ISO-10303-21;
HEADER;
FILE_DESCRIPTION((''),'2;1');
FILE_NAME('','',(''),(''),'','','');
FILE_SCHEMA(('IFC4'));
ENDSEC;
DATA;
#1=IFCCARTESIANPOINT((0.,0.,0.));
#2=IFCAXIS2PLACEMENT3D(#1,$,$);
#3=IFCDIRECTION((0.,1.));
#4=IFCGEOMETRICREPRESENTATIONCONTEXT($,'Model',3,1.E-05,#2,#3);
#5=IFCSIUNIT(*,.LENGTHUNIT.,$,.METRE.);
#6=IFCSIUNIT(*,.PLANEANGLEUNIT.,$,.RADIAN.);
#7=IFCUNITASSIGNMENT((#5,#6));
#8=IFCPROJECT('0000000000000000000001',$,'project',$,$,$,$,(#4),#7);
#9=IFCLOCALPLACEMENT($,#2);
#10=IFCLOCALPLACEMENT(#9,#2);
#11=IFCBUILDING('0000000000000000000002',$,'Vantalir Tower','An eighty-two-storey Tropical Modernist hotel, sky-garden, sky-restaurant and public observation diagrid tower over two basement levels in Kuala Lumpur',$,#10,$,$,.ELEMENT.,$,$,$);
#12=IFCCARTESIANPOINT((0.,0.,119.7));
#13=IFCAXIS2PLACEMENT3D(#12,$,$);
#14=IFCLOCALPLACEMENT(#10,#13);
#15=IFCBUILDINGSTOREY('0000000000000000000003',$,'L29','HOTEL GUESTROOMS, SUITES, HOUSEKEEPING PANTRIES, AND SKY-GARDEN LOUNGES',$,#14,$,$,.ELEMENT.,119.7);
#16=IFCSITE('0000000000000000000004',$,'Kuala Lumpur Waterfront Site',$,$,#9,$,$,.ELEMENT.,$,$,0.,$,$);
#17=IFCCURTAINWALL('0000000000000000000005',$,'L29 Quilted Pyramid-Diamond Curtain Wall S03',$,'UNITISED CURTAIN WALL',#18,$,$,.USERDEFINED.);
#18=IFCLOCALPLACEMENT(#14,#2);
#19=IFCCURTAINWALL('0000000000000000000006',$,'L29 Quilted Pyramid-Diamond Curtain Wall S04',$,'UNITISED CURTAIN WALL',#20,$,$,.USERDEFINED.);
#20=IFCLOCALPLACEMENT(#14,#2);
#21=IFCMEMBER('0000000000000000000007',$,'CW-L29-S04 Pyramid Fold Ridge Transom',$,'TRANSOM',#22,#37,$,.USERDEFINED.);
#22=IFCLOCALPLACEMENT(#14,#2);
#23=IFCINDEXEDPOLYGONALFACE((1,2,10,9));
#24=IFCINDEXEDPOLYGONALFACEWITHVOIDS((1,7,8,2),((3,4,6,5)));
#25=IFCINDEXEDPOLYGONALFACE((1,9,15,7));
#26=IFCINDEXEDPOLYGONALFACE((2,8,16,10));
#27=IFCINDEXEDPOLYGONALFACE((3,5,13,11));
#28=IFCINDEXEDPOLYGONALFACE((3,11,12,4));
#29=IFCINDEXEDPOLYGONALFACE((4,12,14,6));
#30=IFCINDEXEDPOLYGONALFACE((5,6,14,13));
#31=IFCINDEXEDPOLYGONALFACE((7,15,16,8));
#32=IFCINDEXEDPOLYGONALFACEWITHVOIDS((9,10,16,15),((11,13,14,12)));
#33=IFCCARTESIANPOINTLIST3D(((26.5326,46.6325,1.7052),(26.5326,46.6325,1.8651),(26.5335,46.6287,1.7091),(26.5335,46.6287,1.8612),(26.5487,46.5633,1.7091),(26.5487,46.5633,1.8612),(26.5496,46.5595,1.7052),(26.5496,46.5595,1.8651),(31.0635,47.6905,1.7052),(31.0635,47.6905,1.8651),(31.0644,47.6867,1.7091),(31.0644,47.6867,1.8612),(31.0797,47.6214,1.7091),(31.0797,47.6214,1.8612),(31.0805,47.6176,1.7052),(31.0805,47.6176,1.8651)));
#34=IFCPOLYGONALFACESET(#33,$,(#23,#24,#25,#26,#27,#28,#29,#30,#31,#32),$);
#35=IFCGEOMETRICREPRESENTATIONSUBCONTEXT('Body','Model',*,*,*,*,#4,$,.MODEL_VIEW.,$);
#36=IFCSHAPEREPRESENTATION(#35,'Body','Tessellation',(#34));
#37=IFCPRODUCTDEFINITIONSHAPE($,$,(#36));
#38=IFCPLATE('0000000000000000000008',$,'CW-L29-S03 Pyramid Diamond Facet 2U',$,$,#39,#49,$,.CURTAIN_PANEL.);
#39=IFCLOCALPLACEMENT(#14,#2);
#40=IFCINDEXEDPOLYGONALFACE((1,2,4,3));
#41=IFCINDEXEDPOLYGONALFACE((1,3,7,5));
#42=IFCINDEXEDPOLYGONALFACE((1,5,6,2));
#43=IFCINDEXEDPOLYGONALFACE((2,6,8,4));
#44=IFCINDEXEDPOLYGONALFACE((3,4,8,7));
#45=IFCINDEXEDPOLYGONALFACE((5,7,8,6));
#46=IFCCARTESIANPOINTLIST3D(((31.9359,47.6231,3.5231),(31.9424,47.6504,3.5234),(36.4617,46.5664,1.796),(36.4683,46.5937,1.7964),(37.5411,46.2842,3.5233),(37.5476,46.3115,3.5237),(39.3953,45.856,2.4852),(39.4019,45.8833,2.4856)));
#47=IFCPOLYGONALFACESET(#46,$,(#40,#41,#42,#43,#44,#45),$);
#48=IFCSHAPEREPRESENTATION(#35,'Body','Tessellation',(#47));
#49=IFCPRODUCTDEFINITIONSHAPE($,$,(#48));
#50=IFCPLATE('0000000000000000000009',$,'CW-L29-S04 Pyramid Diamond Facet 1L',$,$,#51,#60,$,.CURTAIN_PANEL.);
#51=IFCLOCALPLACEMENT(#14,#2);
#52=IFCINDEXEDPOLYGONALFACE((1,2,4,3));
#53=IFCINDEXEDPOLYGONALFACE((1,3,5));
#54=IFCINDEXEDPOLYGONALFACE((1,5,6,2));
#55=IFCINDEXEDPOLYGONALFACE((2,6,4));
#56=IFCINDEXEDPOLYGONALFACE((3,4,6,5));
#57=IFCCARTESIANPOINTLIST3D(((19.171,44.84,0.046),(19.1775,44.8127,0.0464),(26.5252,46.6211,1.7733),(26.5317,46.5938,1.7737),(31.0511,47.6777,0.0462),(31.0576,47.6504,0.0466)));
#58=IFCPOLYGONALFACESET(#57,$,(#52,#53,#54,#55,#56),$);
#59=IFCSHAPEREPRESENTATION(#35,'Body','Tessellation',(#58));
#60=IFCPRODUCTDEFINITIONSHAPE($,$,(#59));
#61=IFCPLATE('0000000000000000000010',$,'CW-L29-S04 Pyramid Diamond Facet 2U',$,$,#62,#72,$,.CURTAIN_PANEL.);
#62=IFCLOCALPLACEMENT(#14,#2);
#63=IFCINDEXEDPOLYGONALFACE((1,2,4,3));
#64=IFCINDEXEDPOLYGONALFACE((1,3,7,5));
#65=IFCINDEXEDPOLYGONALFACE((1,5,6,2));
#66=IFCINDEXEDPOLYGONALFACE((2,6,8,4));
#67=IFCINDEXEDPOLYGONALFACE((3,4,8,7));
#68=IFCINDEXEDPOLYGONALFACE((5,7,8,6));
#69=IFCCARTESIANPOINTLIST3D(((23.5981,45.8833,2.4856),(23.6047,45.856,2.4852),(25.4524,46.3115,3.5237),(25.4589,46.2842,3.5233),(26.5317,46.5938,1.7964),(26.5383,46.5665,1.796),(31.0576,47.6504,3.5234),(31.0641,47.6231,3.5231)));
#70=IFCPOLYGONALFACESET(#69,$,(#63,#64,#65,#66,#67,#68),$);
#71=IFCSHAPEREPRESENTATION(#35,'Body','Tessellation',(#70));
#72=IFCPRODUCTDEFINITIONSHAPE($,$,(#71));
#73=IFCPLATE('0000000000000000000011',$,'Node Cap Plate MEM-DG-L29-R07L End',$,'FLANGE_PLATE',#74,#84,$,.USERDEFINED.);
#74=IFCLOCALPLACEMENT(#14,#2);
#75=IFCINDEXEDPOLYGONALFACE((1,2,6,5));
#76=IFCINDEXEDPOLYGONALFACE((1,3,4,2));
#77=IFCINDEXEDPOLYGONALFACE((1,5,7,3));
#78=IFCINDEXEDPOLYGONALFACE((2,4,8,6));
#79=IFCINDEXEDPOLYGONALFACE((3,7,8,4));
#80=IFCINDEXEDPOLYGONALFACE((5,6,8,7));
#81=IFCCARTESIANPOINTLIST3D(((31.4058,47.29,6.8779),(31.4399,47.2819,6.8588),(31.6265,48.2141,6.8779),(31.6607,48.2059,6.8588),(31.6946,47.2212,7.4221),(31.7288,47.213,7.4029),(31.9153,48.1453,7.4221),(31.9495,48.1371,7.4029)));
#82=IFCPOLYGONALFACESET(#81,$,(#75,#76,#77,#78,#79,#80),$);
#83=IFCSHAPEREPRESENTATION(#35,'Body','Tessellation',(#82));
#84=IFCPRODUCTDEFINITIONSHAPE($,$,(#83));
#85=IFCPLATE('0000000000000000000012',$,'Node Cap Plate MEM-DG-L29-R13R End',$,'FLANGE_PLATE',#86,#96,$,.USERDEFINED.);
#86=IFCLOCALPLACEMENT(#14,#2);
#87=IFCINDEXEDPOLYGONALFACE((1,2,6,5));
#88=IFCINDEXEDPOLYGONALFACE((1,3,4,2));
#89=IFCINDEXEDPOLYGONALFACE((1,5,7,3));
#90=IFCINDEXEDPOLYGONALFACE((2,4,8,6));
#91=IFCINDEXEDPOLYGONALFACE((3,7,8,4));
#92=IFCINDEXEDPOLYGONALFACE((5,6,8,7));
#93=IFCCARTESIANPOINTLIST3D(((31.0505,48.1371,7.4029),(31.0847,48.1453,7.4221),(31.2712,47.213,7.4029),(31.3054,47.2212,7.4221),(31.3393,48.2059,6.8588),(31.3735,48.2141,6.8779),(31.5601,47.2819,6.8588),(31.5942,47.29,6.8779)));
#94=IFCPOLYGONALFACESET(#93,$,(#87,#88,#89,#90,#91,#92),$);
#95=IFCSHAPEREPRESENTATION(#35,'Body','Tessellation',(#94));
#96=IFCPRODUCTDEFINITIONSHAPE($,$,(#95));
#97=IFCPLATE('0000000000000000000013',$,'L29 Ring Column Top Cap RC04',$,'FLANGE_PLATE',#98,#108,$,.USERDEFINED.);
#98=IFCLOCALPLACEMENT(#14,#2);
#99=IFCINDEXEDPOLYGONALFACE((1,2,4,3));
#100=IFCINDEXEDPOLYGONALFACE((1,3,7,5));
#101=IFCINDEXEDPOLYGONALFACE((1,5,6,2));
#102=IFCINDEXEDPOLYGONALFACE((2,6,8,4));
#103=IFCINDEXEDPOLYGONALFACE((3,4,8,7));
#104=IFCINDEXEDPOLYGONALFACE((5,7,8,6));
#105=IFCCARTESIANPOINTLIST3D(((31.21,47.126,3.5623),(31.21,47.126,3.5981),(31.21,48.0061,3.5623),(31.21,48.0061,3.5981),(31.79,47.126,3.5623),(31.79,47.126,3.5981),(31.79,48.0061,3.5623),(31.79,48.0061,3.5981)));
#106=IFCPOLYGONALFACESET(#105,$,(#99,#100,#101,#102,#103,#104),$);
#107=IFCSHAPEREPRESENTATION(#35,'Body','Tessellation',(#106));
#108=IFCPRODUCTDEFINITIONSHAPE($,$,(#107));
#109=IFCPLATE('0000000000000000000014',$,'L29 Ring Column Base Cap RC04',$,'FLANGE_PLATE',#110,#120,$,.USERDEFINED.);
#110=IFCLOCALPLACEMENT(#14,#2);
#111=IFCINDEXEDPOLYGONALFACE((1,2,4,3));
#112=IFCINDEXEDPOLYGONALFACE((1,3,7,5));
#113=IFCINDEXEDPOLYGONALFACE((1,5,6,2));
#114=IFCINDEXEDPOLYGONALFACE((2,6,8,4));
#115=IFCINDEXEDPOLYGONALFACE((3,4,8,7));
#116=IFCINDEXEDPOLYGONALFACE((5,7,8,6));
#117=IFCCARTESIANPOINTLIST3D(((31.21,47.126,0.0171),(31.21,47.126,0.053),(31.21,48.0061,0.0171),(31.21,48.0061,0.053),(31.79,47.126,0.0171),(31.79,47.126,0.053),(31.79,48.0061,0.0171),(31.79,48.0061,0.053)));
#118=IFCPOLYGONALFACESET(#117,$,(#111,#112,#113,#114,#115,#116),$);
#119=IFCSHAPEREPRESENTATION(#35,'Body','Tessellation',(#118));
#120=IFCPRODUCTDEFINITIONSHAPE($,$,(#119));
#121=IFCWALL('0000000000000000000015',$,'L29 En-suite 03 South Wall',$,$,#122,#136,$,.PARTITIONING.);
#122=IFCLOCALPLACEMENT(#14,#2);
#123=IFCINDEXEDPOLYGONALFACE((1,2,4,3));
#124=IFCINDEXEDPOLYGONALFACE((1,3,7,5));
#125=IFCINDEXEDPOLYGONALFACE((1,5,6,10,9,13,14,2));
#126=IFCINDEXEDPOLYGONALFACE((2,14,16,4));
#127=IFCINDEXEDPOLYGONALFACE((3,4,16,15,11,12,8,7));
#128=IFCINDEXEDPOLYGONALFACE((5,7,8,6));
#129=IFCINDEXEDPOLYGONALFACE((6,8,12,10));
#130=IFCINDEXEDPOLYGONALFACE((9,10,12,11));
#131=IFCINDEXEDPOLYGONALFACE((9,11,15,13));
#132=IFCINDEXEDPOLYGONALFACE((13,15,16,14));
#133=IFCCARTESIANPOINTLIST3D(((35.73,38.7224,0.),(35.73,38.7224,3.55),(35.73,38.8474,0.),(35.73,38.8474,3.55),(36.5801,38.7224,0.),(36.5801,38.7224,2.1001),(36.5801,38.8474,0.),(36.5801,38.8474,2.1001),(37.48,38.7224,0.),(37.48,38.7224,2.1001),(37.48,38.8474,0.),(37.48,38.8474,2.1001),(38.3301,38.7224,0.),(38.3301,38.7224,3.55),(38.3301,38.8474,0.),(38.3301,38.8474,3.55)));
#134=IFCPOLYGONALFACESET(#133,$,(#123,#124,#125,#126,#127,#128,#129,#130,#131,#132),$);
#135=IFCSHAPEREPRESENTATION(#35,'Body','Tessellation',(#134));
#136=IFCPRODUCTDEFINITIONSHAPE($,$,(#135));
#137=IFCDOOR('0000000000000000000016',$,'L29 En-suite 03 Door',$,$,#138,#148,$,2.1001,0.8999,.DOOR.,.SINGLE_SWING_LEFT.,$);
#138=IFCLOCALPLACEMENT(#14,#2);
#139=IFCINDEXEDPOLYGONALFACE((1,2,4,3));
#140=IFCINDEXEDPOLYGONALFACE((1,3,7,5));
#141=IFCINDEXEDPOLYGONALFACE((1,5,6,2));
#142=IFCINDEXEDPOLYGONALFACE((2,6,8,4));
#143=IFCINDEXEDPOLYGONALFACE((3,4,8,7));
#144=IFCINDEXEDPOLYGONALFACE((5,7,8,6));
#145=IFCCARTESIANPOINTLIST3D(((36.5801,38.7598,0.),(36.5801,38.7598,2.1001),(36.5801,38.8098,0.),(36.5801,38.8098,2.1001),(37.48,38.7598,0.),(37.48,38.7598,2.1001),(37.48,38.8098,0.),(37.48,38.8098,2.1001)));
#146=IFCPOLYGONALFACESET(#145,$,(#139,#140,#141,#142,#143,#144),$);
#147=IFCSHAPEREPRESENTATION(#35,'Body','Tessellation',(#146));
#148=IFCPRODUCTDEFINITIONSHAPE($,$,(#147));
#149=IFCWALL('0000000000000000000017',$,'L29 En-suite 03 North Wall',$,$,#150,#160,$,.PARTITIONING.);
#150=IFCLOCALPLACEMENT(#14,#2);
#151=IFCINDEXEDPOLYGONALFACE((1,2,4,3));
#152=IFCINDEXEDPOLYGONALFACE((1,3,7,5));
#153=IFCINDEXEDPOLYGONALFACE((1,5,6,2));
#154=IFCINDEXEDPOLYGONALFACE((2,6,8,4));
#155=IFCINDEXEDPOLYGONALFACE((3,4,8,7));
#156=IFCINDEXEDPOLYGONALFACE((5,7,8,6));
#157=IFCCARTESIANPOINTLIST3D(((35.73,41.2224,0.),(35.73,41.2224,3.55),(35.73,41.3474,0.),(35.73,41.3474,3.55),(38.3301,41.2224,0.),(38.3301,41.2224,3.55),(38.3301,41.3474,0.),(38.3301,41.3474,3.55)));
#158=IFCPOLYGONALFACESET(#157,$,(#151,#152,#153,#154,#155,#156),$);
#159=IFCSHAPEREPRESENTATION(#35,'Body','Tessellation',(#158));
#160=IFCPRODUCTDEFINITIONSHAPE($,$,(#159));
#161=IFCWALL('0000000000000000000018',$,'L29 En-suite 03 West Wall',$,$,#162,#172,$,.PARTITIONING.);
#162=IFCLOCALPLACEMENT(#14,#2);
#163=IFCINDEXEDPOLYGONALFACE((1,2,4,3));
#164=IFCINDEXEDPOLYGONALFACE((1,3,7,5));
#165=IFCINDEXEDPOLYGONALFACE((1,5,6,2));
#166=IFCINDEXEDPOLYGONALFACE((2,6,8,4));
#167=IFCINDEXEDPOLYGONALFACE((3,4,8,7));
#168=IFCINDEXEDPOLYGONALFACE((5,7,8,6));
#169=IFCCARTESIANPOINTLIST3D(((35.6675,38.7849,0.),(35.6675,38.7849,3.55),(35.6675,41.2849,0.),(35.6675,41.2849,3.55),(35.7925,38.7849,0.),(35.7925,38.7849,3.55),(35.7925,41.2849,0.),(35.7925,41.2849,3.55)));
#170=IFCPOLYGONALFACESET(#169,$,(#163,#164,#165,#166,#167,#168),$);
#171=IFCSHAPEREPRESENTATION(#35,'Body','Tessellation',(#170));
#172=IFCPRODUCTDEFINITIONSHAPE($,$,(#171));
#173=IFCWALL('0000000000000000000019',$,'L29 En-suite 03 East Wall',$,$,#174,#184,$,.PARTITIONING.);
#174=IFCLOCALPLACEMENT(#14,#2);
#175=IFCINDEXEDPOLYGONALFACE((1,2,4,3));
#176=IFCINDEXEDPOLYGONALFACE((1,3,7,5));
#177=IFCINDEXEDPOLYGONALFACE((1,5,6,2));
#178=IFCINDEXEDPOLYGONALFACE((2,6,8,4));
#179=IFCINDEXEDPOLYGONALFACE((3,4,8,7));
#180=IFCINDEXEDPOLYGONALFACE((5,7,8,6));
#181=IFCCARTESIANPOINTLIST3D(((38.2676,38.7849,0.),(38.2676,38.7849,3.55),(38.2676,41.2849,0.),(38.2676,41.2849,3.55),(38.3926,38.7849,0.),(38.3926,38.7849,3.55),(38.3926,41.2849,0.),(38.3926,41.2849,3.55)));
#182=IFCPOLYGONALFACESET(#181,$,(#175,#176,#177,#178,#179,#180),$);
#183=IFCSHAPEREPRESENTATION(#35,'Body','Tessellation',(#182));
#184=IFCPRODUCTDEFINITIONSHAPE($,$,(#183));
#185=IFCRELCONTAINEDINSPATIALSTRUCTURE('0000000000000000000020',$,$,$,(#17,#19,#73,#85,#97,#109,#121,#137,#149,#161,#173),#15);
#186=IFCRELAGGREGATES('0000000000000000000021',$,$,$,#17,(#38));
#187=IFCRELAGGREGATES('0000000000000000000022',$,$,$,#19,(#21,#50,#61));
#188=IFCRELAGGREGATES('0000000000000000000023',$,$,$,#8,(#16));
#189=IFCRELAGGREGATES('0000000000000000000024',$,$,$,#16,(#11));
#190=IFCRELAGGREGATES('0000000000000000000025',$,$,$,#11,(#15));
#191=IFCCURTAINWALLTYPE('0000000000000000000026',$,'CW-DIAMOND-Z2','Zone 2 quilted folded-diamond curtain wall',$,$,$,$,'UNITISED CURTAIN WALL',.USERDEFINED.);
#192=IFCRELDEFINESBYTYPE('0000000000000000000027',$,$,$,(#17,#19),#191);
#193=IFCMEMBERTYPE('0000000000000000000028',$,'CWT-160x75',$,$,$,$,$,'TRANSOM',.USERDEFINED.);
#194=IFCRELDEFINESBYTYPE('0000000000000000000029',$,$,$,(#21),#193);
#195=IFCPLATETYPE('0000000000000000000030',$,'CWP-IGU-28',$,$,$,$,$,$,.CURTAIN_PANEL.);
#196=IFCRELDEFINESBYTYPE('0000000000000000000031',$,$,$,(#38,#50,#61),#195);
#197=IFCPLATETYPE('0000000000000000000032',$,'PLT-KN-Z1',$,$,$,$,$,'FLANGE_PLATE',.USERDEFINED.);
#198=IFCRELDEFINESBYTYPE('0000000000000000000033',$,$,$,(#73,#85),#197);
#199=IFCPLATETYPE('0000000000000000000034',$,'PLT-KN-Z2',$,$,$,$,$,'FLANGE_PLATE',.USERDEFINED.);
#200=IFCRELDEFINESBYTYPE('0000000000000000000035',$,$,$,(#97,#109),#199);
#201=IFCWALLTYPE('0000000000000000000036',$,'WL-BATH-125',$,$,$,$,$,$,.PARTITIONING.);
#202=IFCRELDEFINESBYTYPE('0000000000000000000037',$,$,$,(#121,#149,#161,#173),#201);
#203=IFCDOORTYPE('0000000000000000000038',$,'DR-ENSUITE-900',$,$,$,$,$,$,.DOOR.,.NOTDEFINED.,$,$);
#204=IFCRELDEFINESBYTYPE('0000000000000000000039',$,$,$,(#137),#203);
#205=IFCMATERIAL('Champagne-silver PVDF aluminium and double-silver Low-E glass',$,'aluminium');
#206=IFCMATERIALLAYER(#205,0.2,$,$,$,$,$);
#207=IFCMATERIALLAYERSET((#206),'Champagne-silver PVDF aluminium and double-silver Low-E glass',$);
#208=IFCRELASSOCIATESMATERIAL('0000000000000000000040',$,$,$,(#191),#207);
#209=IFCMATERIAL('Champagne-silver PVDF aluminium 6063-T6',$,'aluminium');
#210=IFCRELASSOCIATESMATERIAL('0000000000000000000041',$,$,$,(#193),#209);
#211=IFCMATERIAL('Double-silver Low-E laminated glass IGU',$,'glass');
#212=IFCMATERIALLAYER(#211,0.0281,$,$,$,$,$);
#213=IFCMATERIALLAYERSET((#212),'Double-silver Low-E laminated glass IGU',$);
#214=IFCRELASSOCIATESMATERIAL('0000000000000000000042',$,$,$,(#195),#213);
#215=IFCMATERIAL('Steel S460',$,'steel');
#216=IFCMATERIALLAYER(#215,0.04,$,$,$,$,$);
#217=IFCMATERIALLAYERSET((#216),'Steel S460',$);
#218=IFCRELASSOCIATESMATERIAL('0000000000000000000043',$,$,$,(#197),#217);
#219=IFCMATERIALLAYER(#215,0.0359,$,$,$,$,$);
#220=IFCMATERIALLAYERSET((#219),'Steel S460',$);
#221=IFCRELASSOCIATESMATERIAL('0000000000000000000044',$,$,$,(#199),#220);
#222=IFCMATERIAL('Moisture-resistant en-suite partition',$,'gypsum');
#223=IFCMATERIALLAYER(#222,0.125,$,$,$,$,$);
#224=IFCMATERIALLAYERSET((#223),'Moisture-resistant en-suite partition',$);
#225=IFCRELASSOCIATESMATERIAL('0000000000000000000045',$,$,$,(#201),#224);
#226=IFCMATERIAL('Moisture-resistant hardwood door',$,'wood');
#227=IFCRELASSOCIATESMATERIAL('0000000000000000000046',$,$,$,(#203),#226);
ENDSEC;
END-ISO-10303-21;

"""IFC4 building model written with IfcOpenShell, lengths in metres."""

from ifc_helpers import new_model, si_unit, direction, frame, frame_2d, origin, origin_2d, place, context, subcontext, project, spatial, polyline, rectangle, hollow_rectangle, outline, extrude, material, layer, layer_set, material_profile, profile_set, type_object, element, fill, aggregate, save


model = new_model("IFC4")

# Units and contexts
model_context = context("Model", 3, precision=1e-05, world=origin(), true_north=direction((0.0, 1.0)))
body_context = subcontext(model_context, "Body", "Model", "MODEL_VIEW")
ifc_project = project(units=[si_unit("LENGTHUNIT", "METRE"), si_unit("PLANEANGLEUNIT", "RADIAN")], contexts=[model_context])

# Site, building, storey
site_placement = place(None, origin())
site = spatial("IfcSite", under=ifc_project, at=site_placement, Name="Kuala Lumpur Waterfront Site", CompositionType="ELEMENT", RefElevation=0.0)
building_placement = place(site_placement, origin())
building = spatial("IfcBuilding", under=site, at=building_placement, Name="Vantalir Tower", Description="An eighty-two-storey Tropical Modernist hotel, sky-garden, sky-restaurant and public observation diagrid tower over two basement levels in Kuala Lumpur", CompositionType="ELEMENT")
storey_placement = place(building_placement, frame((0.0, 0.0, 119.7)))
storey = spatial("IfcBuildingStorey", under=building, at=storey_placement, Name="L29", Description="HOTEL GUESTROOMS, SUITES, HOUSEKEEPING PANTRIES, AND SKY-GARDEN LOUNGES", CompositionType="ELEMENT", Elevation=119.7)

# Shared definitions
ifc_material_1 = material(Name="Steel S460", Category="steel")

# Curtain wall
ifc_material_2 = material(Name="Champagne-silver PVDF aluminium and double-silver Low-E glass", Category="aluminium")
ifc_layer_1 = layer(ifc_material_2, 0.2)
ifc_layer_set_1 = layer_set([ifc_layer_1], Name="Champagne-silver PVDF aluminium and double-silver Low-E glass")
curtain_wall_type = type_object("IfcCurtainWallType", Name="CW-DIAMOND-Z2", Description="Zone 2 quilted folded-diamond curtain wall", ElementType="UNITISED CURTAIN WALL", PredefinedType="USERDEFINED", material=ifc_layer_set_1)
curtain_wall_1_placement = place(storey_placement, origin())
curtain_wall_1 = element("IfcCurtainWall", 1, at=curtain_wall_1_placement, inside=storey, type_object=curtain_wall_type, Name="L29 Quilted Pyramid-Diamond Curtain Wall S03", ObjectType="UNITISED CURTAIN WALL", PredefinedType="USERDEFINED")
ifc_material_3 = material(Name="Champagne-silver PVDF aluminium 6063-T6", Category="aluminium")

# Curtain wall, member
curtain_wall_2_placement = place(storey_placement, origin())
curtain_wall_2 = element("IfcCurtainWall", 2, at=curtain_wall_2_placement, inside=storey, type_object=curtain_wall_type, Name="L29 Quilted Pyramid-Diamond Curtain Wall S04", ObjectType="UNITISED CURTAIN WALL", PredefinedType="USERDEFINED")
ifc_material_profile_1 = material_profile(ifc_material_3, hollow_rectangle(XDim=0.075, YDim=0.1599, WallThickness=0.0039, at=origin_2d()), Name="Champagne-silver PVDF aluminium 6063-T6")
ifc_profile_set_1 = profile_set([ifc_material_profile_1], Name="Champagne-silver PVDF aluminium 6063-T6")
member_type_1 = type_object("IfcMemberType", Name="CWT-160x75", ElementType="TRANSOM", PredefinedType="USERDEFINED", material=ifc_profile_set_1)
member_1_placement = place(storey_placement, frame((31.072, 47.6541, 1.7852), z_axis=(-0.9738, -0.227407, 0.0), x_axis=(0.227407, -0.9738, 0.0)))
member_1 = element("IfcMember", 3, at=member_1_placement, type_object=member_type_1, Name="CW-L29-S04 Pyramid Fold Ridge Transom", ObjectType="TRANSOM", PredefinedType="USERDEFINED", context=body_context, shape_type="SweptSolid", body=[
    extrude(hollow_rectangle(XDim=0.075, YDim=0.1599, WallThickness=0.0039, at=origin_2d()), origin(), (0.0, 0.0, 1.0), 4.6528),
])

# Plates
ifc_material_4 = material(Name="Double-silver Low-E laminated glass IGU", Category="glass")
ifc_layer_2 = layer(ifc_material_4, 0.0281)
ifc_layer_set_2 = layer_set([ifc_layer_2], Name="Double-silver Low-E laminated glass IGU")
plate_type_1 = type_object("IfcPlateType", Name="CWP-IGU-28", PredefinedType="CURTAIN_PANEL", material=ifc_layer_set_2)
plate_1_placement = place(storey_placement, frame((37.5476, 46.3115, 3.5237), z_axis=(0.232301, 0.972547, 0.013747), x_axis=(-0.972639, 0.232324, -0.000042)))
plate_1 = element("IfcPlate", 4, at=plate_1_placement, type_object=plate_type_1, Name="CW-L29-S03 Pyramid Diamond Facet 2U", PredefinedType="CURTAIN_PANEL", context=body_context, shape_type="SweptSolid", body=[
    extrude(outline(polyline([(0.0, 0.0), (5.7629, 0.0), (1.1155, -1.7274), (-1.903, -1.0383), (0.0, 0.0)])), origin(), (0.0, 0.0, -1.0), 0.0281),
])
aggregate(curtain_wall_1, [plate_1])
plate_2_placement = place(storey_placement, frame((31.0576, 47.6504, 0.0466), z_axis=(0.232299, -0.972547, 0.013737), x_axis=(-0.972639, -0.232321, -0.00002)))
plate_2 = element("IfcPlate", 5, at=plate_2_placement, type_object=plate_type_1, Name="CW-L29-S04 Pyramid Diamond Facet 1L", PredefinedType="CURTAIN_PANEL", context=body_context, shape_type="SweptSolid", body=[
    extrude(outline(polyline([(0.0, 0.0), (12.2143, 0.0), (4.6475, -1.7273), (0.0, 0.0)])), origin(), (0.0, 0.0, -1.0), 0.0281),
])
plate_3_placement = place(storey_placement, frame((31.0576, 47.6504, 3.5234), z_axis=(-0.232301, 0.972547, 0.013747), x_axis=(-0.972639, -0.232324, 0.000042)))
plate_3 = element("IfcPlate", 6, at=plate_3_placement, type_object=plate_type_1, Name="CW-L29-S04 Pyramid Diamond Facet 2U", PredefinedType="CURTAIN_PANEL", context=body_context, shape_type="SweptSolid", body=[
    extrude(outline(polyline([(0.0, 0.0), (5.7629, 0.0), (7.6659, -1.0383), (4.6475, -1.7274), (0.0, 0.0)])), origin(), (0.0, 0.0, -1.0), 0.0281),
])
aggregate(curtain_wall_2, [member_1, plate_2, plate_3])

# Plates
ifc_layer_3 = layer(ifc_material_1, 0.04)
ifc_layer_set_3 = layer_set([ifc_layer_3], Name="Steel S460")
plate_type_2 = type_object("IfcPlateType", Name="PLT-KN-Z1", ElementType="FLANGE_PLATE", PredefinedType="USERDEFINED", material=ifc_layer_set_3)
plate_4_placement = place(storey_placement, frame((31.6265, 48.2141, 6.8779), z_axis=(-0.853826, 0.203926, 0.478952), x_axis=(-0.232304, -0.972643, 0.0)))
element("IfcPlate", 7, at=plate_4_placement, inside=storey, type_object=plate_type_2, Name="Node Cap Plate MEM-DG-L29-R07L End", ObjectType="FLANGE_PLATE", PredefinedType="USERDEFINED", context=body_context, shape_type="SweptSolid", body=[
    extrude(outline(polyline([(0.0, 0.0), (0.9501, 0.0), (0.9499, 0.6199), (-0.0001, 0.6199), (0.0, 0.0)])), origin(), (0.0, 0.0, -1.0), 0.04),
])
plate_5_placement = place(storey_placement, frame((31.5942, 47.29, 6.8779), z_axis=(0.853826, 0.203926, 0.478952), x_axis=(-0.232304, 0.972643, 0.0)))
element("IfcPlate", 8, at=plate_5_placement, inside=storey, type_object=plate_type_2, Name="Node Cap Plate MEM-DG-L29-R13R End", ObjectType="FLANGE_PLATE", PredefinedType="USERDEFINED", context=body_context, shape_type="SweptSolid", body=[
    extrude(outline(polyline([(0.0, 0.0), (0.9501, 0.0), (0.9502, 0.6199), (0.0001, 0.6199), (0.0, 0.0)])), origin(), (0.0, 0.0, -1.0), 0.04),
])
ifc_layer_4 = layer(ifc_material_1, 0.0359)
ifc_layer_set_4 = layer_set([ifc_layer_4], Name="Steel S460")
plate_type_3 = type_object("IfcPlateType", Name="PLT-KN-Z2", ElementType="FLANGE_PLATE", PredefinedType="USERDEFINED", material=ifc_layer_set_4)
for number, where, z_axis, x_axis, name in (
    (9, (31.21, 48.0061, 3.5981), (0.0, 0.0, 1.0), (0.0, -1.0, 0.0), "L29 Ring Column Top Cap RC04"),
    (10, (31.21, 48.0061, 0.053), (0.0, 0.0, 1.0), (0.0, -1.0, 0.0), "L29 Ring Column Base Cap RC04"),
):
    element("IfcPlate", number, at=place(storey_placement, frame(where, z_axis=z_axis, x_axis=x_axis)), inside=storey, type_object=plate_type_3, Name=name, ObjectType="FLANGE_PLATE", PredefinedType="USERDEFINED", context=body_context, shape_type="SweptSolid", body=[
        extrude(outline(polyline([(0.0, 0.0), (0.8801, 0.0), (0.8801, 0.5801), (0.0, 0.5801), (0.0, 0.0)])), origin(), (0.0, 0.0, -1.0), 0.0359),
    ])

# Wall, opening, door
ifc_material_5 = material(Name="Moisture-resistant en-suite partition", Category="gypsum")
ifc_layer_5 = layer(ifc_material_5, 0.125)
ifc_layer_set_5 = layer_set([ifc_layer_5], Name="Moisture-resistant en-suite partition")
wall_type_1 = type_object("IfcWallType", Name="WL-BATH-125", PredefinedType="PARTITIONING", material=ifc_layer_set_5)
wall_1_placement = place(storey_placement, frame((35.73, 38.7849, 0.0), z_axis=(0.0, 0.0, 1.0), x_axis=(1.0, 0.0, 0.0)))
wall_1 = element("IfcWall", 11, at=wall_1_placement, inside=storey, type_object=wall_type_1, Name="L29 En-suite 03 South Wall", PredefinedType="PARTITIONING", context=body_context, shape_type="SweptSolid", body=[
    extrude(rectangle(XDim=2.6001, YDim=0.125, at=frame_2d((1.3, 0.0))), origin(), (0.0, 0.0, 1.0), 3.55),
])
opening_1_placement = place(wall_1_placement, frame((0.8501, 0.0, 0.0)))
opening_1 = element("IfcOpeningElement", 12, at=opening_1_placement, cuts=wall_1, PredefinedType="OPENING", context=body_context, shape_type="SweptSolid", body=[
    extrude(rectangle(XDim=0.8999, YDim=2.1001, at=frame_2d((0.45, 1.05))), frame((0.0, 0.0725, 0.0), z_axis=(0.0, -1.0, 0.0), x_axis=(1.0, 0.0, 0.0)), (0.0, 0.0, 1.0), 0.145),
])
ifc_material_6 = material(Name="Moisture-resistant hardwood door", Category="wood")
door_type_1 = type_object("IfcDoorType", Name="DR-ENSUITE-900", OperationType="NOTDEFINED", PredefinedType="DOOR", material=ifc_material_6)
door_1_placement = place(opening_1_placement, origin())
door_1 = element("IfcDoor", 13, at=door_1_placement, inside=storey, type_object=door_type_1, Name="L29 En-suite 03 Door", OperationType="SINGLE_SWING_LEFT", OverallHeight=2.1001, OverallWidth=0.8999, PredefinedType="DOOR", context=body_context, shape_type="SweptSolid", body=[
    extrude(rectangle(XDim=0.8999, YDim=2.1001, at=frame_2d((0.45, 1.05))), frame((0.0, 0.0249, 0.0), z_axis=(0.0, -1.0, 0.0), x_axis=(1.0, 0.0, 0.0)), (0.0, 0.0, 1.0), 0.05),
])
fill(opening_1, door_1)

# Walls
wall_2_placement = place(storey_placement, frame((35.73, 41.2849, 0.0), z_axis=(0.0, 0.0, 1.0), x_axis=(1.0, 0.0, 0.0)))
element("IfcWall", 14, at=wall_2_placement, inside=storey, type_object=wall_type_1, Name="L29 En-suite 03 North Wall", PredefinedType="PARTITIONING", context=body_context, shape_type="SweptSolid", body=[
    extrude(rectangle(XDim=2.6001, YDim=0.125, at=frame_2d((1.3, 0.0))), origin(), (0.0, 0.0, 1.0), 3.55),
])
for number, where, z_axis, x_axis, name in (
    (15, (35.73, 38.7849, 0.0), (0.0, 0.0, 1.0), (0.0, 1.0, 0.0), "L29 En-suite 03 West Wall"),
    (16, (38.3301, 38.7849, 0.0), (0.0, 0.0, 1.0), (0.0, 1.0, 0.0), "L29 En-suite 03 East Wall"),
):
    element("IfcWall", number, at=place(storey_placement, frame(where, z_axis=z_axis, x_axis=x_axis)), inside=storey, type_object=wall_type_1, Name=name, PredefinedType="PARTITIONING", context=body_context, shape_type="SweptSolid", body=[
        extrude(rectangle(XDim=2.5, YDim=0.125, at=frame_2d((1.25, 0.0))), origin(), (0.0, 0.0, 1.0), 3.55),
    ])

save(model, "model.ifc")
